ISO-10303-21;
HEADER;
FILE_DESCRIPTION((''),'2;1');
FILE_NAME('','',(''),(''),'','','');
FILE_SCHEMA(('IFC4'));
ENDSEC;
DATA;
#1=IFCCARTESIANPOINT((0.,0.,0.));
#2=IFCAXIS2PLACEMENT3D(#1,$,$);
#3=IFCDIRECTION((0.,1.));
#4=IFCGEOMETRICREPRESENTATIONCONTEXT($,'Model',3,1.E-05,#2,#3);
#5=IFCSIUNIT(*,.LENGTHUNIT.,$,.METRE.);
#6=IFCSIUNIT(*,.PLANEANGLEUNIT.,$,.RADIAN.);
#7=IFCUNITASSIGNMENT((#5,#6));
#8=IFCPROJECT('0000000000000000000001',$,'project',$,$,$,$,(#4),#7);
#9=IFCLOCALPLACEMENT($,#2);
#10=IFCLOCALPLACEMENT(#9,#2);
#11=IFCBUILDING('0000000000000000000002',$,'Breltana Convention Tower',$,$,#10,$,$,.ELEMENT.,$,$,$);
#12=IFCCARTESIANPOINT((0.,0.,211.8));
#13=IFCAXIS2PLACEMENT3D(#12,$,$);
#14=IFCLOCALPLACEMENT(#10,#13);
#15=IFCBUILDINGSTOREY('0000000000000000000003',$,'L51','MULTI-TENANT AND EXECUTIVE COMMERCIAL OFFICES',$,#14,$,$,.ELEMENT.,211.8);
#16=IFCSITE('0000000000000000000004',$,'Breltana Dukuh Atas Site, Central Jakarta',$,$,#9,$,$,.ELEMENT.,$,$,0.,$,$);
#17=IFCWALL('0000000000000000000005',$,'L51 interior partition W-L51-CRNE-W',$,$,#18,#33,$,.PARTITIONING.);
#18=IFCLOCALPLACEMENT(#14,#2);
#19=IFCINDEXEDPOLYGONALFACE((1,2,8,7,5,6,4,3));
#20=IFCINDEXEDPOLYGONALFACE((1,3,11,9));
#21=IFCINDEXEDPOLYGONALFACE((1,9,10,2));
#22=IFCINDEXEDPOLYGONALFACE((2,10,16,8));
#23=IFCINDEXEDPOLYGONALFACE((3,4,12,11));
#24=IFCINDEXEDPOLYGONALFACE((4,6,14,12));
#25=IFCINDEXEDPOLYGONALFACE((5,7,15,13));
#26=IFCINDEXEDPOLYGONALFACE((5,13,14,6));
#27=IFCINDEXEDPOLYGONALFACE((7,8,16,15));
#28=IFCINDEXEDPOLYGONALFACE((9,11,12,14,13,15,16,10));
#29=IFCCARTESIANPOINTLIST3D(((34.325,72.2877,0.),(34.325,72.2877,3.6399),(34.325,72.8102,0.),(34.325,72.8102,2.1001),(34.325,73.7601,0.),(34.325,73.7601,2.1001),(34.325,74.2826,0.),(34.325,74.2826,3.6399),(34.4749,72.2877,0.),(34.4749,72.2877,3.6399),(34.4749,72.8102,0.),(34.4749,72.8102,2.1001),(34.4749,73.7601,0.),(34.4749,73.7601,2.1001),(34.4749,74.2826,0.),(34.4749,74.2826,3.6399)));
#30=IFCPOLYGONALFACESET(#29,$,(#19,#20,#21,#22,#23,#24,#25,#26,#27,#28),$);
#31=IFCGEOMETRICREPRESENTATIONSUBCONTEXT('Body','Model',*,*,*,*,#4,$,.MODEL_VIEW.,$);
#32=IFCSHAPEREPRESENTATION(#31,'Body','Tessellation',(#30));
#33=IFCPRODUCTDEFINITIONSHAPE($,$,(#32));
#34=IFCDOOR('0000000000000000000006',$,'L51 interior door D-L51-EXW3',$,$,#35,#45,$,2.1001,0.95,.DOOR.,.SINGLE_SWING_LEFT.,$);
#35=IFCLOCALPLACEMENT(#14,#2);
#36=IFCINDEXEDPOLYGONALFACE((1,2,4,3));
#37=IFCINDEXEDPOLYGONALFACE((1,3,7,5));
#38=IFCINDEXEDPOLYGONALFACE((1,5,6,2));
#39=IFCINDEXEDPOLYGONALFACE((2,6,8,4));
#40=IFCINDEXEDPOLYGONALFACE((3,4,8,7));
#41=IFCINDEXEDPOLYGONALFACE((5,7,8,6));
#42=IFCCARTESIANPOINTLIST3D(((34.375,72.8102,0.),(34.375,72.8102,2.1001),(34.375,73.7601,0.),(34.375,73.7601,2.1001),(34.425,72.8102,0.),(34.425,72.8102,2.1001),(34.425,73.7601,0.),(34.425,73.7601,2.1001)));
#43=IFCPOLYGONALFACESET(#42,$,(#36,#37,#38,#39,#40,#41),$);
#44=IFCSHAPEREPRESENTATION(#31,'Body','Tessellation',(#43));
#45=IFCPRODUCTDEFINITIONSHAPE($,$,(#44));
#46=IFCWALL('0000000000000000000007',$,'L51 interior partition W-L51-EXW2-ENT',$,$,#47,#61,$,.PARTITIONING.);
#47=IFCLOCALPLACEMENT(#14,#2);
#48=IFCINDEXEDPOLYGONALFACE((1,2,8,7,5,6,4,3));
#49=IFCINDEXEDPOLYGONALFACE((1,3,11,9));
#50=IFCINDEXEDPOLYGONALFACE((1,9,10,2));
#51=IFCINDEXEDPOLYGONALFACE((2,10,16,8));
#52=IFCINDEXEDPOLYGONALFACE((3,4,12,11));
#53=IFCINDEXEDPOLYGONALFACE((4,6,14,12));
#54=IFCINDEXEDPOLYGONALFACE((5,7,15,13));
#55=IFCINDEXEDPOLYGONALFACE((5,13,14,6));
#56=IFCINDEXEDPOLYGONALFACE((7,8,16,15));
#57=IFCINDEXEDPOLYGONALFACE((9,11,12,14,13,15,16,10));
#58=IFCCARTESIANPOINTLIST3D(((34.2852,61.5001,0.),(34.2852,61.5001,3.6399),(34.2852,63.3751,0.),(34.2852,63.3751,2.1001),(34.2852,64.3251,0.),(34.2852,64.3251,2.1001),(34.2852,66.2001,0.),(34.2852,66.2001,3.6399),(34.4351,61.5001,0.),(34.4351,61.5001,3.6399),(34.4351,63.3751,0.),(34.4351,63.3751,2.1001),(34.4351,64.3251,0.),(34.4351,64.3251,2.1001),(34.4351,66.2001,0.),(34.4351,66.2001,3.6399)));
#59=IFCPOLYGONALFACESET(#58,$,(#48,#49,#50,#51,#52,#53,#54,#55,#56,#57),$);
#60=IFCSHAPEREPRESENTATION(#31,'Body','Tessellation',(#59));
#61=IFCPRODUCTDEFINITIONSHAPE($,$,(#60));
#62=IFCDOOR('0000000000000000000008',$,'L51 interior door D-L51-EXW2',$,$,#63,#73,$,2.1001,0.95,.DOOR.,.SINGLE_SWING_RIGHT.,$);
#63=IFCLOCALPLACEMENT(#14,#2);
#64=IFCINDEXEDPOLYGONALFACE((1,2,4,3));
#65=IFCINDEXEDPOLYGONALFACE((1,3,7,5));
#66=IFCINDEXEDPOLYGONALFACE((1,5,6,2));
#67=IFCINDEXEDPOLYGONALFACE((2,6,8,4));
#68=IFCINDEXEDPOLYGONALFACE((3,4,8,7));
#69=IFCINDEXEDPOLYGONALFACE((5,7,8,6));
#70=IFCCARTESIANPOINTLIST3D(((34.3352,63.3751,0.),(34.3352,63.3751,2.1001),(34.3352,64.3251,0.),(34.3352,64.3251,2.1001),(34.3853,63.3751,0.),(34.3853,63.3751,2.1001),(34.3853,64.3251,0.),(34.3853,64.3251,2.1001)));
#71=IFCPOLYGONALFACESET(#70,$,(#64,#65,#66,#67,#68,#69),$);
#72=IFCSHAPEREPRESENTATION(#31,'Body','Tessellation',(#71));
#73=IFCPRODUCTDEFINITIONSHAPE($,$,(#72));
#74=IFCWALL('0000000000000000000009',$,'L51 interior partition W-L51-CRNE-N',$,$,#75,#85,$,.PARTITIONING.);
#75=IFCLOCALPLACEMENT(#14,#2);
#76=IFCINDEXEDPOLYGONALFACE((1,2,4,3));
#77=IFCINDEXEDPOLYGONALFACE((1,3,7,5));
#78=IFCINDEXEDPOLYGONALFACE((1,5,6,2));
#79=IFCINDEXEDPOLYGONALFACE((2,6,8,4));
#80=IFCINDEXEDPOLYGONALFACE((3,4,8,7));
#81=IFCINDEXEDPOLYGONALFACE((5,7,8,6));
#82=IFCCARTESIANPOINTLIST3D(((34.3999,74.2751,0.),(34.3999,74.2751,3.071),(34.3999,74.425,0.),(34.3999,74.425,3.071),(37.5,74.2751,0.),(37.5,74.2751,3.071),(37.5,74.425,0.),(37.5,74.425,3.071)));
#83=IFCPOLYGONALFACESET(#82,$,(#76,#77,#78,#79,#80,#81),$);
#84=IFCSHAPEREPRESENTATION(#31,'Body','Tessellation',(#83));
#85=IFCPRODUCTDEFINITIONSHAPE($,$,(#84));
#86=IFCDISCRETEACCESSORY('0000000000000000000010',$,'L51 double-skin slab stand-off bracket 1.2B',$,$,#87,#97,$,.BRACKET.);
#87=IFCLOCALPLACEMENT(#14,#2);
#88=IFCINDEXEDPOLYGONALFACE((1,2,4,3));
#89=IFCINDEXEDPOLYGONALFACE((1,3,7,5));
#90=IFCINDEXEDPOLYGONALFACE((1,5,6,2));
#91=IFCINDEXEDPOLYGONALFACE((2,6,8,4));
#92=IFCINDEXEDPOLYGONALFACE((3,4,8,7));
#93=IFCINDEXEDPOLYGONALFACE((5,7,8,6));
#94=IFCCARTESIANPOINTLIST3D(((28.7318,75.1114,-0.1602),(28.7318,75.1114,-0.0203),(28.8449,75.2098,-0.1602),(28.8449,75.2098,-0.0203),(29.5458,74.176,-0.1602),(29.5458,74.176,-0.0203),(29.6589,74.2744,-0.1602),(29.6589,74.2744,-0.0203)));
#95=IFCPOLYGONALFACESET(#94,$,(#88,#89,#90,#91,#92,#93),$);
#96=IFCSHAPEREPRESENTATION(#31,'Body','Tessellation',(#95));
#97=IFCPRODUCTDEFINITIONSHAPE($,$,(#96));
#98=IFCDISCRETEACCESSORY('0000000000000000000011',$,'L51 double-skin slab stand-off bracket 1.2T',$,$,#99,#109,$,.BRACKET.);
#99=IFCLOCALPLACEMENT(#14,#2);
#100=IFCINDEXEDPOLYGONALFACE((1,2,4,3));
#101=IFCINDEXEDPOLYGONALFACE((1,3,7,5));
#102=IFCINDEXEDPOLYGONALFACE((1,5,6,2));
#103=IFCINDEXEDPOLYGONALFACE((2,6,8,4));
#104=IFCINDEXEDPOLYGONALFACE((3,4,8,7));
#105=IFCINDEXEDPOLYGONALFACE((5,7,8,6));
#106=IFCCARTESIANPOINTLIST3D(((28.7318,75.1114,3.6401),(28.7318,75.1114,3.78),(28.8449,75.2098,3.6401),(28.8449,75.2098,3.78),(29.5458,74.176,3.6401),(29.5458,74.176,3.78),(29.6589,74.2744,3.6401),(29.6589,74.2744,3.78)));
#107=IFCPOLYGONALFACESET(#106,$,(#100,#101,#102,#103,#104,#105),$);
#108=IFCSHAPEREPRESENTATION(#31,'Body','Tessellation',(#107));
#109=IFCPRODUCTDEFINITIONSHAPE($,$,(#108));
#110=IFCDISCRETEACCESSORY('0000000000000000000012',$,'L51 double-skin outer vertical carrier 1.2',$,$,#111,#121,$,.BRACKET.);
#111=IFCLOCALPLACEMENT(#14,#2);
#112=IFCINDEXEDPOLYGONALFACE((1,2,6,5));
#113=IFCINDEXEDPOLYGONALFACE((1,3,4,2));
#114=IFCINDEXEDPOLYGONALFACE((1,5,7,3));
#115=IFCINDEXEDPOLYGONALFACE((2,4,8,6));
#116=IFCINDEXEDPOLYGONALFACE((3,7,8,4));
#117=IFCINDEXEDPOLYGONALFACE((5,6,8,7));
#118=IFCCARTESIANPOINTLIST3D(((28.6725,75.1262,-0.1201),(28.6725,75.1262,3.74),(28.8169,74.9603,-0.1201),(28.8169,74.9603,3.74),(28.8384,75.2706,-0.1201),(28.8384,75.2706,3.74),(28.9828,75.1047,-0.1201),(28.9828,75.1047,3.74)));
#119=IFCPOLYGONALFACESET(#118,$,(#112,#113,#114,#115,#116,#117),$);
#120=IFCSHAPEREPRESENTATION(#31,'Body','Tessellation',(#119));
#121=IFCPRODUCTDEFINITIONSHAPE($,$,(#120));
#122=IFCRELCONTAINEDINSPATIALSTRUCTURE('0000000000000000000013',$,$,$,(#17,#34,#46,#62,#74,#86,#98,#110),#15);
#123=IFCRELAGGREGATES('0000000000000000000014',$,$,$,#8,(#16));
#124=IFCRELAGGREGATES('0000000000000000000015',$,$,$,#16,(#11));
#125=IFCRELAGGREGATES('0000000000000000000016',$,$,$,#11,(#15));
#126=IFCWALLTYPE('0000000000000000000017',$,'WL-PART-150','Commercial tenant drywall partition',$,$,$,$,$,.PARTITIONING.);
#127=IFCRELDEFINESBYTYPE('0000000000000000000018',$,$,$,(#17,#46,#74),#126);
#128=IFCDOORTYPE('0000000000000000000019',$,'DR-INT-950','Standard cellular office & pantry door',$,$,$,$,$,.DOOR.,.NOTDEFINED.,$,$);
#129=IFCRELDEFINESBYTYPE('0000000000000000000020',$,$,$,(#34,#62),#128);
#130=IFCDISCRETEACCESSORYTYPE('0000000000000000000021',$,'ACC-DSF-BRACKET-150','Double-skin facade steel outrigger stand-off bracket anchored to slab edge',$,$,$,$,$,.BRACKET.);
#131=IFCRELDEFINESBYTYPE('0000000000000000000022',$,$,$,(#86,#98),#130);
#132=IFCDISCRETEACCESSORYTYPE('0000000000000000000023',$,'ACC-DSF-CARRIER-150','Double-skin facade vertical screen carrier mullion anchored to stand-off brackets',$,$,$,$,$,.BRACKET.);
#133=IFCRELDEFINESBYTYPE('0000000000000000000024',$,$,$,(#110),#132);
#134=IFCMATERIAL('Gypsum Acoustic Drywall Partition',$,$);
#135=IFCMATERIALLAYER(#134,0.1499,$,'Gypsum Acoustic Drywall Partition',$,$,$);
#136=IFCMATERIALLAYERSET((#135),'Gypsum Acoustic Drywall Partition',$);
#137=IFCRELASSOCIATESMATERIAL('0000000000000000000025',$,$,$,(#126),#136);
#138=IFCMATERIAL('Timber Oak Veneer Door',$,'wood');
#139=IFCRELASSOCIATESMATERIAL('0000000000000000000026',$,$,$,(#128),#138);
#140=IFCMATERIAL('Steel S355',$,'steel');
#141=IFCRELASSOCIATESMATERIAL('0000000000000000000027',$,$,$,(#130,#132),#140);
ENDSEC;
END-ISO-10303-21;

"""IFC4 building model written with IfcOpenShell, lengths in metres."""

from ifc_helpers import new_model, si_unit, direction, frame, frame_2d, origin, origin_2d, place, context, subcontext, project, spatial, rectangle, extrude, source, transform, mapped, material, layer, layer_set, type_object, type_shapes, element, fill, save


model = new_model("IFC4")

# Units and contexts
model_context = context("Model", 3, precision=1e-05, world=origin(), true_north=direction((0.0, 1.0)))
body_context = subcontext(model_context, "Body", "Model", "MODEL_VIEW")
ifc_project = project(units=[si_unit("LENGTHUNIT", "METRE"), si_unit("PLANEANGLEUNIT", "RADIAN")], contexts=[model_context])

# Site, building, storey
site_placement = place(None, origin())
site = spatial("IfcSite", under=ifc_project, at=site_placement, Name="Breltana Dukuh Atas Site, Central Jakarta", CompositionType="ELEMENT", RefElevation=0.0)
building_placement = place(site_placement, origin())
building = spatial("IfcBuilding", under=site, at=building_placement, Name="Breltana Convention Tower", CompositionType="ELEMENT")
storey_placement = place(building_placement, frame((0.0, 0.0, 211.8)))
storey = spatial("IfcBuildingStorey", under=building, at=storey_placement, Name="L51", Description="MULTI-TENANT AND EXECUTIVE COMMERCIAL OFFICES", CompositionType="ELEMENT", Elevation=211.8)

# Shared definitions
ifc_material_1 = material(Name="Gypsum Acoustic Drywall Partition")
ifc_layer_1 = layer(ifc_material_1, 0.1499, Name="Gypsum Acoustic Drywall Partition")
ifc_layer_set_1 = layer_set([ifc_layer_1], Name="Gypsum Acoustic Drywall Partition")
wall_type_1 = type_object("IfcWallType", Name="WL-PART-150", Description="Commercial tenant drywall partition", PredefinedType="PARTITIONING", material=ifc_layer_set_1)

# Walls, openings, doors
shared_shape_1 = source(origin(), body_context, "Body", "SweptSolid", [
    extrude(rectangle(XDim=1.9949, YDim=0.1499, at=frame_2d((0.9976, 0.0))), origin(), (0.0, 0.0, 1.0), 3.6399),
])
wall_1_placement = place(storey_placement, frame((34.3999, 72.2876, 0.0), z_axis=(0.0, 0.0, 1.0), x_axis=(0.0, 1.0, 0.0)))
wall_1 = element("IfcWall", 1, at=wall_1_placement, inside=storey, type_object=wall_type_1, Name="L51 interior partition W-L51-CRNE-W", PredefinedType="PARTITIONING", context=body_context, shape_type="MappedRepresentation", body=[
    mapped(shared_shape_1, transform((0.0, 0.0, 0.0), scale=1.0)),
])
opening_1_placement = place(wall_1_placement, frame((0.5225, 0.0, 0.0)))
opening_1 = element("IfcOpeningElement", 2, at=opening_1_placement, cuts=wall_1, PredefinedType="OPENING", context=body_context, shape_type="SweptSolid", body=[
    extrude(rectangle(XDim=0.95, YDim=2.1001, at=frame_2d((0.4751, 1.05))), frame((0.0, 0.085, 0.0), z_axis=(0.0, -1.0, 0.0), x_axis=(1.0, 0.0, 0.0)), (0.0, 0.0, 1.0), 0.1699),
])
ifc_material_2 = material(Name="Timber Oak Veneer Door", Category="wood")
door_type_1 = type_object("IfcDoorType", Name="DR-INT-950", Description="Standard cellular office & pantry door", OperationType="NOTDEFINED", PredefinedType="DOOR", material=ifc_material_2)
shared_shape_2 = source(origin(), body_context, "Body", "SweptSolid", [
    extrude(rectangle(XDim=0.95, YDim=2.1001, at=frame_2d((0.4751, 1.05))), frame((0.0, 0.0249, 0.0), z_axis=(0.0, -1.0, 0.0), x_axis=(1.0, 0.0, 0.0)), (0.0, 0.0, 1.0), 0.05),
])
type_shapes(door_type_1, [shared_shape_2])
door_1_placement = place(opening_1_placement, origin())
door_1 = element("IfcDoor", 3, at=door_1_placement, inside=storey, type_object=door_type_1, Name="L51 interior door D-L51-EXW3", OperationType="SINGLE_SWING_LEFT", OverallHeight=2.1001, OverallWidth=0.95, PredefinedType="DOOR", context=body_context, shape_type="MappedRepresentation", body=[
    mapped(shared_shape_2, transform((0.0, 0.0, 0.0), scale=1.0)),
])
fill(opening_1, door_1)
shared_shape_3 = source(origin(), body_context, "Body", "SweptSolid", [
    extrude(rectangle(XDim=4.7, YDim=0.1499, at=frame_2d((2.3501, 0.0))), origin(), (0.0, 0.0, 1.0), 3.6399),
])
wall_2_placement = place(storey_placement, frame((34.3601, 61.5, 0.0), z_axis=(0.0, 0.0, 1.0), x_axis=(0.0, 1.0, 0.0)))
wall_2 = element("IfcWall", 4, at=wall_2_placement, inside=storey, type_object=wall_type_1, Name="L51 interior partition W-L51-EXW2-ENT", PredefinedType="PARTITIONING", context=body_context, shape_type="MappedRepresentation", body=[
    mapped(shared_shape_3, transform((0.0, 0.0, 0.0), scale=1.0)),
])
opening_2_placement = place(wall_2_placement, frame((1.875, 0.0, 0.0)))
opening_2 = element("IfcOpeningElement", 5, at=opening_2_placement, cuts=wall_2, PredefinedType="OPENING", context=body_context, shape_type="SweptSolid", body=[
    extrude(rectangle(XDim=0.95, YDim=2.1001, at=frame_2d((0.4751, 1.05))), frame((0.0, 0.085, 0.0), z_axis=(0.0, -1.0, 0.0), x_axis=(1.0, 0.0, 0.0)), (0.0, 0.0, 1.0), 0.1699),
])
door_2_placement = place(opening_2_placement, origin())
door_2 = element("IfcDoor", 6, at=door_2_placement, inside=storey, type_object=door_type_1, Name="L51 interior door D-L51-EXW2", OperationType="SINGLE_SWING_RIGHT", OverallHeight=2.1001, OverallWidth=0.95, PredefinedType="DOOR", context=body_context, shape_type="MappedRepresentation", body=[
    mapped(shared_shape_2, transform((0.0, 0.0, 0.0), scale=1.0)),
])
fill(opening_2, door_2)

# Wall
shared_shape_4 = source(origin(), body_context, "Body", "SweptSolid", [
    extrude(rectangle(XDim=3.1001, YDim=0.1499, at=frame_2d((1.55, 0.0))), origin(), (0.0, 0.0, 1.0), 3.071),
])
wall_3_placement = place(storey_placement, frame((34.3999, 74.3501, 0.0), z_axis=(0.0, 0.0, 1.0), x_axis=(1.0, 0.0, 0.0)))
element("IfcWall", 7, at=wall_3_placement, inside=storey, type_object=wall_type_1, Name="L51 interior partition W-L51-CRNE-N", PredefinedType="PARTITIONING", context=body_context, shape_type="MappedRepresentation", body=[
    mapped(shared_shape_4, transform((0.0, 0.0, 0.0), scale=1.0)),
])

# Discrete accessories
ifc_material_3 = material(Name="Steel S355", Category="steel")
discrete_accessory_type_1 = type_object("IfcDiscreteAccessoryType", Name="ACC-DSF-BRACKET-150", Description="Double-skin facade steel outrigger stand-off bracket anchored to slab edge", PredefinedType="BRACKET", material=ifc_material_3)
shared_shape_5 = source(origin(), body_context, "Body", "SweptSolid", [
    extrude(rectangle(XDim=1.24, YDim=0.1499, at=origin_2d()), origin(), (0.0, 0.0, 1.0), 0.1399),
])
type_shapes(discrete_accessory_type_1, [shared_shape_5])
for number, where, z_axis, x_axis, name in (
    (8, (29.1953, 74.6929, -0.1602), (0.0, 0.0, 1.0), (-0.656452, 0.754368, 0.0), "L51 double-skin slab stand-off bracket 1.2B"),
    (9, (29.1953, 74.6929, 3.6401), (0.0, 0.0, 1.0), (-0.656452, 0.754368, 0.0), "L51 double-skin slab stand-off bracket 1.2T"),
):
    element("IfcDiscreteAccessory", number, at=place(storey_placement, frame(where, z_axis=z_axis, x_axis=x_axis)), inside=storey, type_object=discrete_accessory_type_1, Name=name, PredefinedType="BRACKET", context=body_context, shape_type="MappedRepresentation", body=[
        mapped(shared_shape_5, transform((0.0, 0.0, 0.0), scale=1.0)),
    ])
discrete_accessory_type_2 = type_object("IfcDiscreteAccessoryType", Name="ACC-DSF-CARRIER-150", Description="Double-skin facade vertical screen carrier mullion anchored to stand-off brackets", PredefinedType="BRACKET", material=ifc_material_3)
shared_shape_6 = source(origin(), body_context, "Body", "SweptSolid", [
    extrude(rectangle(XDim=0.22, YDim=0.22, at=origin_2d()), origin(), (0.0, 0.0, 1.0), 3.8601),
])
discrete_accessory_placement = place(storey_placement, frame((28.8276, 75.1155, -0.1201), z_axis=(0.0, 0.0, 1.0), x_axis=(-0.656452, 0.754368, 0.0)))
element("IfcDiscreteAccessory", 10, at=discrete_accessory_placement, inside=storey, type_object=discrete_accessory_type_2, Name="L51 double-skin outer vertical carrier 1.2", PredefinedType="BRACKET", context=body_context, shape_type="MappedRepresentation", body=[
    mapped(shared_shape_6, transform((0.0, 0.0, 0.0), scale=1.0)),
])

save(model, "model.ifc")
